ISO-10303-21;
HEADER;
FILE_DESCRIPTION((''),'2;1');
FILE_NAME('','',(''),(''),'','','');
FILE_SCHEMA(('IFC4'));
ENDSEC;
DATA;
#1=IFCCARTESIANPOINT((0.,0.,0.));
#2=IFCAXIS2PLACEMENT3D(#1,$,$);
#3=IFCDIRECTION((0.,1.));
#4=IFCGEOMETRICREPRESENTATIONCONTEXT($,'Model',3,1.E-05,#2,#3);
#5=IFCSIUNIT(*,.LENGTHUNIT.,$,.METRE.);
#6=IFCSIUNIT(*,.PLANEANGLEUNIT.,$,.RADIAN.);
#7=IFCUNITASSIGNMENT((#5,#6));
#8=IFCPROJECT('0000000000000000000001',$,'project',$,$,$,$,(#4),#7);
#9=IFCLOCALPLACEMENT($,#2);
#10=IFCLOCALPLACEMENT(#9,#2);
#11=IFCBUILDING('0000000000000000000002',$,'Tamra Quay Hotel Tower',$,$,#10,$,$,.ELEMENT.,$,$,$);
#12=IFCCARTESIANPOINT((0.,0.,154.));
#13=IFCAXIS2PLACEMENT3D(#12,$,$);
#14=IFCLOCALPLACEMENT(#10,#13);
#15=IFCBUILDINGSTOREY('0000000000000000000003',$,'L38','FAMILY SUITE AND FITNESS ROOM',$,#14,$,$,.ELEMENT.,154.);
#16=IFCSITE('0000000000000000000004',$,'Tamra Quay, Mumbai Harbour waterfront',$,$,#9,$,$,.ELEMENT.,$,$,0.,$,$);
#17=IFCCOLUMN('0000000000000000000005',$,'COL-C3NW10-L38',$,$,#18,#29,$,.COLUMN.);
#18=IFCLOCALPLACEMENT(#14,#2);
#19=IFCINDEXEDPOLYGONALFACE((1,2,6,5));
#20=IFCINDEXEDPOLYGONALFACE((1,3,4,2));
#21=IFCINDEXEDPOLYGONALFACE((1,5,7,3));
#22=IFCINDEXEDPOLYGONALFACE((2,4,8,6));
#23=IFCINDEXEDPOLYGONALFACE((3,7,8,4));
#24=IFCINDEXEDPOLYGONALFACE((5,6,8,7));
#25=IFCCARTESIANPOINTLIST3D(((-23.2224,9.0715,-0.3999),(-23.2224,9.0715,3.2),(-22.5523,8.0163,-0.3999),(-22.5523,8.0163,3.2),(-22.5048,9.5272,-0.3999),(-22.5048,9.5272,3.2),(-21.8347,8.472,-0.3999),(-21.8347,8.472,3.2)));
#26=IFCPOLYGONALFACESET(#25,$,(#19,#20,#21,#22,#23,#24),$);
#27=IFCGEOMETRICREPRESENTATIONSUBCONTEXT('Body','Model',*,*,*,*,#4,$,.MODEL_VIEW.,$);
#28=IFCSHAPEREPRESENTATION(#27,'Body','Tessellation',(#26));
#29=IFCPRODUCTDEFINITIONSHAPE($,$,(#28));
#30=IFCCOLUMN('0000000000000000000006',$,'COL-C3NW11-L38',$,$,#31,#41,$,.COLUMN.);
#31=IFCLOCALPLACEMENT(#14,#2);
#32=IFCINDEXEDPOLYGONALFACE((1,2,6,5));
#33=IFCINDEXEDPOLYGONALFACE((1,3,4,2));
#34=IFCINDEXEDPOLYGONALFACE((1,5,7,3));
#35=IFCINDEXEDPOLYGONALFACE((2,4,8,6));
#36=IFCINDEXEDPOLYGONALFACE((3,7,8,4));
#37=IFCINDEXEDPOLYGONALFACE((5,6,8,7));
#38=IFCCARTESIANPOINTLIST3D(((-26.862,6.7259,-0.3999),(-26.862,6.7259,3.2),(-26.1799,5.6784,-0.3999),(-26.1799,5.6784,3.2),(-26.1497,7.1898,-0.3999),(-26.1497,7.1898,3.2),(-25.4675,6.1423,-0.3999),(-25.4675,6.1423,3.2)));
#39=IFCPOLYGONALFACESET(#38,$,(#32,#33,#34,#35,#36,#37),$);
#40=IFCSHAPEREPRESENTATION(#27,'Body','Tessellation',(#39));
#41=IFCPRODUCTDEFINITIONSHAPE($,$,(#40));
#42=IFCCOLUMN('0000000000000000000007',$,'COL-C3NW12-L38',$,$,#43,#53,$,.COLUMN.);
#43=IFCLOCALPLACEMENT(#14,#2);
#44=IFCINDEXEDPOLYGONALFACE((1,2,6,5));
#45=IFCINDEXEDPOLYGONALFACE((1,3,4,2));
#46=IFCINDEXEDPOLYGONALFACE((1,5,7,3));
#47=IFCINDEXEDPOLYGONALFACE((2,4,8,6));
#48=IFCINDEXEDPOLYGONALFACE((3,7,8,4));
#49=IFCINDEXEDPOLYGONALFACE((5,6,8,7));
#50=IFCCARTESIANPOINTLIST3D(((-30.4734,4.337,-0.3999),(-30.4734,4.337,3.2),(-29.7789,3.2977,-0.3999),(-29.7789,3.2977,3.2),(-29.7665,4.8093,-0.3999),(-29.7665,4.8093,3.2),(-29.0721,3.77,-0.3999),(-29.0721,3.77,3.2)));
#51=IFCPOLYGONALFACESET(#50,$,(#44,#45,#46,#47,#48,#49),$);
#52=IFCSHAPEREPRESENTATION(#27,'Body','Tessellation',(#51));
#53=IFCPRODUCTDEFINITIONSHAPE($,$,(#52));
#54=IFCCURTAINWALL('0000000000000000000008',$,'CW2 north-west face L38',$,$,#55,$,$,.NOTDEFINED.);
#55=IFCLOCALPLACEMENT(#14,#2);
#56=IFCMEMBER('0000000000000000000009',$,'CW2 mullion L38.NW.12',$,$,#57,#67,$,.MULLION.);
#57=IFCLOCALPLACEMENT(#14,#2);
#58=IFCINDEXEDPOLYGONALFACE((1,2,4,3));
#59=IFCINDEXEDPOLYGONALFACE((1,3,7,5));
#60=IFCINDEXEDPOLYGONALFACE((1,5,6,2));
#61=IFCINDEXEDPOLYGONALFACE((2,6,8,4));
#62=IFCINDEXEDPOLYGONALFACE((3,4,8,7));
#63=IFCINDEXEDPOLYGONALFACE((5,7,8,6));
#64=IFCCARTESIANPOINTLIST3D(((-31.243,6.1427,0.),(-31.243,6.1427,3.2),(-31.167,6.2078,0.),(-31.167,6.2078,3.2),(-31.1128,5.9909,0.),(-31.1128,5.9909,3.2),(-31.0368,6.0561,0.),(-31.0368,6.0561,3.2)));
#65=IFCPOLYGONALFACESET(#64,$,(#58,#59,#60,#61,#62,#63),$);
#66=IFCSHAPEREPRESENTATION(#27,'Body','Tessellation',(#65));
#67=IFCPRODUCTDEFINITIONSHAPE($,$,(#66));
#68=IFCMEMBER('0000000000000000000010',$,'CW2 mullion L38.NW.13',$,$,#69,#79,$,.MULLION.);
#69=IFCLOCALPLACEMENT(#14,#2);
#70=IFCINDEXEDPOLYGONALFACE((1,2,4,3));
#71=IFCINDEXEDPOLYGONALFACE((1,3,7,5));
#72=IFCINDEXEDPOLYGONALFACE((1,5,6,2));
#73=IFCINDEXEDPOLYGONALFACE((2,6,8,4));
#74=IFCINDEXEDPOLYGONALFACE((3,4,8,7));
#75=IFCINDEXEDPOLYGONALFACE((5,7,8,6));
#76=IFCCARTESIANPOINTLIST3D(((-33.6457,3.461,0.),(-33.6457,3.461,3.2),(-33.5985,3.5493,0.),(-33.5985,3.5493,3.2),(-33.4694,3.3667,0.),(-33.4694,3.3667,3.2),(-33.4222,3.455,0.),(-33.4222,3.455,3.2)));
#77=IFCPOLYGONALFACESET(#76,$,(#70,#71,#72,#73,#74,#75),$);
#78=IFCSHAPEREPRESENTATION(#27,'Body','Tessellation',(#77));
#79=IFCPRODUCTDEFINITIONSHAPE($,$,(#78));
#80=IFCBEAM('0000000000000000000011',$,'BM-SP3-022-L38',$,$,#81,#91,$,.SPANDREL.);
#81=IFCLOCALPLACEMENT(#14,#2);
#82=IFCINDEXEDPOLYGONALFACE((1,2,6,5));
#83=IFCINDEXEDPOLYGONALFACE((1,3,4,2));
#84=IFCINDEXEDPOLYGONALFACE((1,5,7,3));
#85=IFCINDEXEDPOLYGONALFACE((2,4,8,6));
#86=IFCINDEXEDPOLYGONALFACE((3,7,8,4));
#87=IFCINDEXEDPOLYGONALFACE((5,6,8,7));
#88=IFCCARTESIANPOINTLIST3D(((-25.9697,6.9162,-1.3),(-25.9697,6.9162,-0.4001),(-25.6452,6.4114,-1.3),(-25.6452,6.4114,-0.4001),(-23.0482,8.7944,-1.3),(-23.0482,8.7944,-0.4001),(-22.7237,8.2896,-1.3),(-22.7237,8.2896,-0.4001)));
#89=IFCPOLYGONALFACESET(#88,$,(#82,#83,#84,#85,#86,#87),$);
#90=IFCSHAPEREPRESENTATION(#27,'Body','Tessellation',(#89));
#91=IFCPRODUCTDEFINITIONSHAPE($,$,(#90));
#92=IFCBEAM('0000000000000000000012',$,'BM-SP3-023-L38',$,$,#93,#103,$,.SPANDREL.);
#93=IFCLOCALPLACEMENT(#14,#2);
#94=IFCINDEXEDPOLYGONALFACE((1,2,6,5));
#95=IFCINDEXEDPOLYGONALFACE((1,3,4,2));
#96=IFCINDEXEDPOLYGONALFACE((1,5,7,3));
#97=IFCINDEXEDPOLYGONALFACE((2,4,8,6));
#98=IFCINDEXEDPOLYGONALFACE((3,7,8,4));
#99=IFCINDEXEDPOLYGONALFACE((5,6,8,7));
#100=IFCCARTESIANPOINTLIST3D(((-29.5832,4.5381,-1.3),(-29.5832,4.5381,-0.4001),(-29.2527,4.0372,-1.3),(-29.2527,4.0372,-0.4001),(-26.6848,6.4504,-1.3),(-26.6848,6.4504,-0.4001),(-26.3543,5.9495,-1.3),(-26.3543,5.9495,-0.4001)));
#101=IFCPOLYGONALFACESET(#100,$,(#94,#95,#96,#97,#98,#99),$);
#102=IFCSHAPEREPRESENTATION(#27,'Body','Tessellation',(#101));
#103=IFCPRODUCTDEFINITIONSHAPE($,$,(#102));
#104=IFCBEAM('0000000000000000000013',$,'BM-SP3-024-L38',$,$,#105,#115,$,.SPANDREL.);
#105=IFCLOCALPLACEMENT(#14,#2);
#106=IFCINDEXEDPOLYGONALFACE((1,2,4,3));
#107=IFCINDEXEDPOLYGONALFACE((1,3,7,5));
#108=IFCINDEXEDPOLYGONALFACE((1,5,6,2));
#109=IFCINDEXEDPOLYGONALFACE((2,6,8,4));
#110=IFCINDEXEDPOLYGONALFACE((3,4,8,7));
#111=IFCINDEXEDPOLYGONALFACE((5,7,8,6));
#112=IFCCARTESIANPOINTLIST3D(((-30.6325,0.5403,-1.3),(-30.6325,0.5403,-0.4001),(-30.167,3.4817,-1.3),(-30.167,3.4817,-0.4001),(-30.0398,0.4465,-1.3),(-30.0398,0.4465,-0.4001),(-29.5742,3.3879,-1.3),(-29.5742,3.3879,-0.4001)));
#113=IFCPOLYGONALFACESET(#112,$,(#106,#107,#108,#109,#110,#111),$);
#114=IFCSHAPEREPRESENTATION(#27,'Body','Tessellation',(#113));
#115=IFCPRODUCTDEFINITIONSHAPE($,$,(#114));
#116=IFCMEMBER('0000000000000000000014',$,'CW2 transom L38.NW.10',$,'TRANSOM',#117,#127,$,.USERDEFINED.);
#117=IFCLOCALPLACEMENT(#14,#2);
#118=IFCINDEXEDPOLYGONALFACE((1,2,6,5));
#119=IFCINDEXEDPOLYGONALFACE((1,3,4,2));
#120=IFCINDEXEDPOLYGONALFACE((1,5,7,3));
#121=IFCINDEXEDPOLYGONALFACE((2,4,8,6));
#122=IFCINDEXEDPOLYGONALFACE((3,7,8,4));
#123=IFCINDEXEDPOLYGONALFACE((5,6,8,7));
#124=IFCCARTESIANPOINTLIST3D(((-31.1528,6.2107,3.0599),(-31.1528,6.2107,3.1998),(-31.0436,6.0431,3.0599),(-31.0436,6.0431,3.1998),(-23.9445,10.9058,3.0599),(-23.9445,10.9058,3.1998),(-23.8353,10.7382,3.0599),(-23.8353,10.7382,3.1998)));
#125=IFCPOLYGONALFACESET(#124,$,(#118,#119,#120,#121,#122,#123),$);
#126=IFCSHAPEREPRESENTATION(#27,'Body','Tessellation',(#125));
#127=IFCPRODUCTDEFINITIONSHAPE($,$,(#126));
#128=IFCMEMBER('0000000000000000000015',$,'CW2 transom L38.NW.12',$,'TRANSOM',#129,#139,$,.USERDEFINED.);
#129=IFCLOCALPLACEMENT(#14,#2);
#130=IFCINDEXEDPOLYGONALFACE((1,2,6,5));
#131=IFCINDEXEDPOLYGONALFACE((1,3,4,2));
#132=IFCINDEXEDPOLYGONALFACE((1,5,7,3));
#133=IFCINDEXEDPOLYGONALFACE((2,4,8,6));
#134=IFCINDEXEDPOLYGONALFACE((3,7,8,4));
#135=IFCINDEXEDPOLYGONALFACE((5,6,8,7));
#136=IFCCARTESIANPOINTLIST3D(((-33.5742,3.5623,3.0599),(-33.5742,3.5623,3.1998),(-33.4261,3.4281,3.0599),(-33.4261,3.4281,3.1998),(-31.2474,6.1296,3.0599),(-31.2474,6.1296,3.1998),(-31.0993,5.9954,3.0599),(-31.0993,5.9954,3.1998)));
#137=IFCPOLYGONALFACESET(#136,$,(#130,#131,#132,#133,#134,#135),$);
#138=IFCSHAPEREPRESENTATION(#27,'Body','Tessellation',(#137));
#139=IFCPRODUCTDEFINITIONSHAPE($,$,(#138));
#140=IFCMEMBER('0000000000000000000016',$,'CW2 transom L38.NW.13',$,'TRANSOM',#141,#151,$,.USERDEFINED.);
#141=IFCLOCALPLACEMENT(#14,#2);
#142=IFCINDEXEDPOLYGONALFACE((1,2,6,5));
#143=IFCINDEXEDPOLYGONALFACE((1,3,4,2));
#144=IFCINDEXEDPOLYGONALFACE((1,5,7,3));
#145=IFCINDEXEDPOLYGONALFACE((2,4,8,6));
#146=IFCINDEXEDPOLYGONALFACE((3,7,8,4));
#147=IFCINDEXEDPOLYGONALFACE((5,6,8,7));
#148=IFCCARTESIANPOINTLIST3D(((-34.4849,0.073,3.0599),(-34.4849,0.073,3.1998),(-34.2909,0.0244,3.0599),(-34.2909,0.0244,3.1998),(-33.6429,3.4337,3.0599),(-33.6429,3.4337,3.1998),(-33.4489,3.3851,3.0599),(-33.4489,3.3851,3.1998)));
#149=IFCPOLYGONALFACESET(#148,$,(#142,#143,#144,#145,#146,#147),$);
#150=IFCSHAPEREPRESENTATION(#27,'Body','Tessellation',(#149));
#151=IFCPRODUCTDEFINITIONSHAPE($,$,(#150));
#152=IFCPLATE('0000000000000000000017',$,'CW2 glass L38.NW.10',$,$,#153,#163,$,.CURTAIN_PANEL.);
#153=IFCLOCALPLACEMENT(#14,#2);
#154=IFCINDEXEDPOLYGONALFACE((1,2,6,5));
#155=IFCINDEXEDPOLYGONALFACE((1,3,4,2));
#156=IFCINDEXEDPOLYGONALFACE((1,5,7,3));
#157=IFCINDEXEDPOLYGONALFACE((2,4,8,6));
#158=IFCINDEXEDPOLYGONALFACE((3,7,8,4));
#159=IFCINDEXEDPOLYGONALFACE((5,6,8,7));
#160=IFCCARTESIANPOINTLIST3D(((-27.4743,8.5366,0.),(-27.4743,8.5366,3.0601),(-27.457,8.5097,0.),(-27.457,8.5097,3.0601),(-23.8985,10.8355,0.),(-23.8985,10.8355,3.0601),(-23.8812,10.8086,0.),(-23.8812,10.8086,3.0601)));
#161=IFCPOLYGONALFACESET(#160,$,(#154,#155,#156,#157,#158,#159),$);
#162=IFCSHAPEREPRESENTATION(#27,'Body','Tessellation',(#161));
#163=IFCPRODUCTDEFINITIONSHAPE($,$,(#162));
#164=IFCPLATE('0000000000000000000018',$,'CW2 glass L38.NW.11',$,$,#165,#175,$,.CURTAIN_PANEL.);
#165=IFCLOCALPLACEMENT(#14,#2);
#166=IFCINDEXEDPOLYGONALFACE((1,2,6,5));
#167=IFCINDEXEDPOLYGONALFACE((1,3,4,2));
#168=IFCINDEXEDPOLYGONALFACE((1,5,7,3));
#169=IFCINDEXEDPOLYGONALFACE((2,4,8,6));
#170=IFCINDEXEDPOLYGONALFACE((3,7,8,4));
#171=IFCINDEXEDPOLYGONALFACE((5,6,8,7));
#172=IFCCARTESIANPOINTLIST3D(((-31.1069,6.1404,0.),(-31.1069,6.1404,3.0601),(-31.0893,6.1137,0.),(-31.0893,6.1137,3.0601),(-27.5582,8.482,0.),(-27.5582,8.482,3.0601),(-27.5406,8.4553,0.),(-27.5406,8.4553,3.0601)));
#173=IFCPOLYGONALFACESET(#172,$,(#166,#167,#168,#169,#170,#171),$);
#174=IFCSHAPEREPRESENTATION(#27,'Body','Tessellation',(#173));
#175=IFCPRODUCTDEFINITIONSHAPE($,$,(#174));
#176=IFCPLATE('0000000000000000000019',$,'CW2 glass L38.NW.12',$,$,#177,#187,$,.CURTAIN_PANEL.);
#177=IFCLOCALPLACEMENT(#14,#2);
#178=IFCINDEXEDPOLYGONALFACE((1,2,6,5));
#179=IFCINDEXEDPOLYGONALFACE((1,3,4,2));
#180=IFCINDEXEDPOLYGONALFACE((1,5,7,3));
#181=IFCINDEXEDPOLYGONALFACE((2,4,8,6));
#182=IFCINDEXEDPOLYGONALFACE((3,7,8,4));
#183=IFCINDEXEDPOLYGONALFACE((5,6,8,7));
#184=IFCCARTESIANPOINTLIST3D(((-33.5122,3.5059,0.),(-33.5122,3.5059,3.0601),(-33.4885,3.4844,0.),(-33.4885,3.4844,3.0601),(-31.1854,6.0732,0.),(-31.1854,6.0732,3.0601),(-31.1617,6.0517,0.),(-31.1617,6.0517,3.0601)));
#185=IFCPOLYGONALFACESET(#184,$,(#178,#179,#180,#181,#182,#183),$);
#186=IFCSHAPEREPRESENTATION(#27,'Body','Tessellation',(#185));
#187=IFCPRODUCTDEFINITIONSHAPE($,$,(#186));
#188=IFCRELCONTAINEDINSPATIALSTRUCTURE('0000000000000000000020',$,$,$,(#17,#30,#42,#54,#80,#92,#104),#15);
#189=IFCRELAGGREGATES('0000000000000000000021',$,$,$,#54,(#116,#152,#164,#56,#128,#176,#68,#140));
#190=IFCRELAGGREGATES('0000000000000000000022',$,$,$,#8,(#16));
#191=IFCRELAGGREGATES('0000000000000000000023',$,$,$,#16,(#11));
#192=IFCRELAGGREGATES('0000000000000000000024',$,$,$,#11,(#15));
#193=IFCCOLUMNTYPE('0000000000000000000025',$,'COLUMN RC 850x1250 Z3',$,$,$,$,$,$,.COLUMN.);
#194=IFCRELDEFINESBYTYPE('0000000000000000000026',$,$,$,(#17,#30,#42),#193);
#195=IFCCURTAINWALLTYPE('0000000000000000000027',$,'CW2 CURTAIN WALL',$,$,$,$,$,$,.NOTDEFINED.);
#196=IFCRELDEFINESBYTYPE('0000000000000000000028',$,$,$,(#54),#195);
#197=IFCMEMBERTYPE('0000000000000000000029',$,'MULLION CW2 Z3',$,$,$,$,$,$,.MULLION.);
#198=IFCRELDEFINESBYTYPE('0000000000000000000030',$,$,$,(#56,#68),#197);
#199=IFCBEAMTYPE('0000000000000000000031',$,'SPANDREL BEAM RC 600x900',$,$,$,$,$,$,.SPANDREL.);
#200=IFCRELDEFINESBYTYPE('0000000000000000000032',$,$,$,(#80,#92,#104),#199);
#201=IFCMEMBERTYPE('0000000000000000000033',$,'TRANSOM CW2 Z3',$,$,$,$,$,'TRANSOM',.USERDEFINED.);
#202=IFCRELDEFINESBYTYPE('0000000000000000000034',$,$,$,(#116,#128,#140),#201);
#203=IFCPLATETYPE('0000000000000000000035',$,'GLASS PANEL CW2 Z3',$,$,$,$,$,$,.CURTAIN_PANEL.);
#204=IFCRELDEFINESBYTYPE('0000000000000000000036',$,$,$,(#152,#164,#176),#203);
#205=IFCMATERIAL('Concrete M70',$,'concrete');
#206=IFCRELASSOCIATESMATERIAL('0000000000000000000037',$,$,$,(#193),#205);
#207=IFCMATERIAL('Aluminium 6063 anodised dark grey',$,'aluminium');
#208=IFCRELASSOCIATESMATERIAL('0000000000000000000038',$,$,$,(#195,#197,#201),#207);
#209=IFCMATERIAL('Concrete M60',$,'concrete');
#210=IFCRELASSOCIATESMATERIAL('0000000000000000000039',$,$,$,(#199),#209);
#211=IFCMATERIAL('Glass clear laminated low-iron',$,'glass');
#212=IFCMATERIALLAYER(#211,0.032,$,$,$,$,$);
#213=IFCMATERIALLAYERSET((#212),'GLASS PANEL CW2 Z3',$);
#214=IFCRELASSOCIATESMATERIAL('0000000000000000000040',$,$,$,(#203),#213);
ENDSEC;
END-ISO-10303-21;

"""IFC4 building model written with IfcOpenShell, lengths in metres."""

from ifc_helpers import new_model, si_unit, direction, frame, origin, origin_2d, place, context, subcontext, project, spatial, rectangle, extrude, material, layer, layer_set, material_profile, profile_set, type_object, element, aggregate, save


model = new_model("IFC4")

# Units and contexts
model_context = context("Model", 3, precision=1e-05, world=origin(), true_north=direction((0.0, 1.0)))
body_context = subcontext(model_context, "Body", "Model", "MODEL_VIEW")
ifc_project = project(units=[si_unit("LENGTHUNIT", "METRE"), si_unit("PLANEANGLEUNIT", "RADIAN")], contexts=[model_context])

# Site, building, storey
site_placement = place(None, origin())
site = spatial("IfcSite", under=ifc_project, at=site_placement, Name="Tamra Quay, Mumbai Harbour waterfront", CompositionType="ELEMENT", RefElevation=0.0)
building_placement = place(site_placement, origin())
building = spatial("IfcBuilding", under=site, at=building_placement, Name="Tamra Quay Hotel Tower", CompositionType="ELEMENT")
storey_placement = place(building_placement, frame((0.0, 0.0, 154.0)))
storey = spatial("IfcBuildingStorey", under=building, at=storey_placement, Name="L38", Description="FAMILY SUITE AND FITNESS ROOM", CompositionType="ELEMENT", Elevation=154.0)

# Columns
ifc_material_1 = material(Name="Concrete M70", Category="concrete")
ifc_material_profile_1 = material_profile(ifc_material_1, rectangle(XDim=1.25, YDim=0.8501, at=origin_2d()), Name="COLUMN RC 850x1250 Z3")
ifc_profile_set_1 = profile_set([ifc_material_profile_1], Name="Concrete M70")
column_type = type_object("IfcColumnType", Name="COLUMN RC 850x1250 Z3", PredefinedType="COLUMN", material=ifc_profile_set_1)
for number, where, z_axis, x_axis, name in (
    (1, (-22.5286, 8.7717, -0.3999), (0.0, 0.0, 1.0), (-0.536102, 0.844153, 0.0), "COL-C3NW10-L38"),
    (2, (-26.1648, 6.4341, -0.3999), (0.0, 0.0, 1.0), (-0.545703, 0.837979, 0.0), "COL-C3NW11-L38"),
    (3, (-29.7727, 4.0535, -0.3999), (0.0, 0.0, 1.0), (-0.555583, 0.831461, 0.0), "COL-C3NW12-L38"),
):
    element("IfcColumn", number, at=place(storey_placement, frame(where, z_axis=z_axis, x_axis=x_axis)), inside=storey, type_object=column_type, Name=name, PredefinedType="COLUMN", context=body_context, shape_type="SweptSolid", body=[
        extrude(rectangle(XDim=1.25, YDim=0.8501, at=origin_2d()), origin(), (0.0, 0.0, 1.0), 3.5999),
    ])

# Curtain wall, members
ifc_material_2 = material(Name="Aluminium 6063 anodised dark grey", Category="aluminium")
curtain_wall_type = type_object("IfcCurtainWallType", Name="CW2 CURTAIN WALL", PredefinedType="NOTDEFINED", material=ifc_material_2)
curtain_wall_placement = place(storey_placement, origin())
curtain_wall = element("IfcCurtainWall", 4, at=curtain_wall_placement, inside=storey, type_object=curtain_wall_type, Name="CW2 north-west face L38", PredefinedType="NOTDEFINED")
ifc_material_profile_2 = material_profile(ifc_material_2, rectangle(XDim=0.2, YDim=0.1001, at=origin_2d()), Name="MULLION 100X200")
ifc_profile_set_2 = profile_set([ifc_material_profile_2], Name="Aluminium 6063 anodised dark grey")
member_type_1 = type_object("IfcMemberType", Name="MULLION CW2 Z3", PredefinedType="MULLION", material=ifc_profile_set_2)
member_1_placement = place(storey_placement, frame((-31.1399, 6.0994, 0.0), z_axis=(0.0, 0.0, 1.0), x_axis=(-0.650989, 0.759087, 0.0)))
member_1 = element("IfcMember", 5, at=member_1_placement, type_object=member_type_1, Name="CW2 mullion L38.NW.12", PredefinedType="MULLION", context=body_context, shape_type="SweptSolid", body=[
    extrude(rectangle(XDim=0.2, YDim=0.1001, at=origin_2d()), origin(), (0.0, 0.0, 1.0), 3.2),
])
member_2_placement = place(storey_placement, frame((-33.5339, 3.458, 0.0), z_axis=(0.0, 0.0, 1.0), x_axis=(-0.881925, 0.471389, 0.0)))
member_2 = element("IfcMember", 6, at=member_2_placement, type_object=member_type_1, Name="CW2 mullion L38.NW.13", PredefinedType="MULLION", context=body_context, shape_type="SweptSolid", body=[
    extrude(rectangle(XDim=0.2, YDim=0.1001, at=origin_2d()), origin(), (0.0, 0.0, 1.0), 3.2),
])

# Beams
ifc_material_3 = material(Name="Concrete M60", Category="concrete")
ifc_material_profile_3 = material_profile(ifc_material_3, rectangle(XDim=0.6001, YDim=0.8999, at=origin_2d()), Name="SPANDREL BEAM RC 600x900")
ifc_profile_set_3 = profile_set([ifc_material_profile_3], Name="Concrete M60")
beam_type = type_object("IfcBeamType", Name="SPANDREL BEAM RC 600x900", PredefinedType="SPANDREL", material=ifc_profile_set_3)
beam_1_placement = place(storey_placement, frame((-22.886, 8.542, -0.8501), z_axis=(-0.84116, -0.540786, 0.0), x_axis=(0.540786, -0.84116, 0.0)))
element("IfcBeam", 7, at=beam_1_placement, inside=storey, type_object=beam_type, Name="BM-SP3-022-L38", PredefinedType="SPANDREL", context=body_context, shape_type="SweptSolid", body=[
    extrude(rectangle(XDim=0.6001, YDim=0.8999, at=origin_2d()), origin(), (0.0, 0.0, 1.0), 3.4731),
])
beam_2_placement = place(storey_placement, frame((-26.5195, 6.2, -0.8501), z_axis=(-0.834691, -0.550719, 0.0), x_axis=(0.550719, -0.834691, 0.0)))
element("IfcBeam", 8, at=beam_2_placement, inside=storey, type_object=beam_type, Name="BM-SP3-023-L38", PredefinedType="SPANDREL", context=body_context, shape_type="SweptSolid", body=[
    extrude(rectangle(XDim=0.6001, YDim=0.8999, at=origin_2d()), origin(), (0.0, 0.0, 1.0), 3.4724),
])
beam_3_placement = place(storey_placement, frame((-29.8706, 3.4348, -0.8501), z_axis=(-0.156337, -0.987704, 0.0), x_axis=(0.987704, -0.156337, 0.0)))
element("IfcBeam", 9, at=beam_3_placement, inside=storey, type_object=beam_type, Name="BM-SP3-024-L38", PredefinedType="SPANDREL", context=body_context, shape_type="SweptSolid", body=[
    extrude(rectangle(XDim=0.6001, YDim=0.8999, at=origin_2d()), origin(), (0.0, 0.0, 1.0), 2.978),
])

# Members
ifc_material_profile_4 = material_profile(ifc_material_2, rectangle(XDim=0.2, YDim=0.1399, at=origin_2d()), Name="TRANSOM 200X140")
ifc_profile_set_4 = profile_set([ifc_material_profile_4], Name="Aluminium 6063 anodised dark grey")
member_type_2 = type_object("IfcMemberType", Name="TRANSOM CW2 Z3", ElementType="TRANSOM", PredefinedType="USERDEFINED", material=ifc_profile_set_4)
member_3_placement = place(storey_placement, frame((-23.8899, 10.822, 3.1299), z_axis=(-0.837928, -0.545781, 0.0), x_axis=(0.545781, -0.837928, 0.0)))
member_3 = element("IfcMember", 10, at=member_3_placement, type_object=member_type_2, Name="CW2 transom L38.NW.10", ObjectType="TRANSOM", PredefinedType="USERDEFINED", context=body_context, shape_type="SweptSolid", body=[
    extrude(rectangle(XDim=0.2, YDim=0.1399, at=origin_2d()), origin(), (0.0, 0.0, 1.0), 8.6025),
])
member_4_placement = place(storey_placement, frame((-31.1733, 6.0625, 3.1299), z_axis=(-0.671553, -0.740956, 0.0), x_axis=(0.740956, -0.671553, 0.0)))
member_4 = element("IfcMember", 11, at=member_4_placement, type_object=member_type_2, Name="CW2 transom L38.NW.12", ObjectType="TRANSOM", PredefinedType="USERDEFINED", context=body_context, shape_type="SweptSolid", body=[
    extrude(rectangle(XDim=0.2, YDim=0.1399, at=origin_2d()), origin(), (0.0, 0.0, 1.0), 3.4648),
])
member_5_placement = place(storey_placement, frame((-33.5459, 3.4094, 3.1299), z_axis=(-0.243033, -0.970018, 0.0), x_axis=(0.970018, -0.243033, 0.0)))
member_5 = element("IfcMember", 12, at=member_5_placement, type_object=member_type_2, Name="CW2 transom L38.NW.13", ObjectType="TRANSOM", PredefinedType="USERDEFINED", context=body_context, shape_type="SweptSolid", body=[
    extrude(rectangle(XDim=0.2, YDim=0.1399, at=origin_2d()), origin(), (0.0, 0.0, 1.0), 3.4646),
])

# Plates
ifc_material_4 = material(Name="Glass clear laminated low-iron", Category="glass")
ifc_layer_1 = layer(ifc_material_4, 0.032)
ifc_layer_set_1 = layer_set([ifc_layer_1], Name="GLASS PANEL CW2 Z3")
plate_type = type_object("IfcPlateType", Name="GLASS PANEL CW2 Z3", PredefinedType="CURTAIN_PANEL", material=ifc_layer_set_1)
plate_1_placement = place(storey_placement, frame((-25.6777, 9.6726, 0.0), z_axis=(0.0, 0.0, 1.0), x_axis=(-0.841164, -0.54078, 0.0)))
plate_1 = element("IfcPlate", 13, at=plate_1_placement, type_object=plate_type, Name="CW2 glass L38.NW.10", PredefinedType="CURTAIN_PANEL", context=body_context, shape_type="SweptSolid", body=[
    extrude(rectangle(XDim=4.251, YDim=0.032, at=origin_2d()), origin(), (0.0, 0.0, 1.0), 3.0601),
])
plate_2_placement = place(storey_placement, frame((-29.3237, 7.2979, 0.0), z_axis=(0.0, 0.0, 1.0), x_axis=(-0.834663, -0.550761, 0.0)))
plate_2 = element("IfcPlate", 14, at=plate_2_placement, type_object=plate_type, Name="CW2 glass L38.NW.11", PredefinedType="CURTAIN_PANEL", context=body_context, shape_type="SweptSolid", body=[
    extrude(rectangle(XDim=4.2517, YDim=0.032, at=origin_2d()), origin(), (0.0, 0.0, 1.0), 3.0601),
])
plate_3_placement = place(storey_placement, frame((-32.3369, 4.7788, 0.0), z_axis=(0.0, 0.0, 1.0), x_axis=(-0.67155, -0.740959, 0.0)))
plate_3 = element("IfcPlate", 15, at=plate_3_placement, type_object=plate_type, Name="CW2 glass L38.NW.12", PredefinedType="CURTAIN_PANEL", context=body_context, shape_type="SweptSolid", body=[
    extrude(rectangle(XDim=3.4648, YDim=0.032, at=origin_2d()), origin(), (0.0, 0.0, 1.0), 3.0601),
])
aggregate(curtain_wall, [member_3, plate_1, plate_2, member_1, member_4, plate_3, member_2, member_5])

save(model, "model.ifc")
